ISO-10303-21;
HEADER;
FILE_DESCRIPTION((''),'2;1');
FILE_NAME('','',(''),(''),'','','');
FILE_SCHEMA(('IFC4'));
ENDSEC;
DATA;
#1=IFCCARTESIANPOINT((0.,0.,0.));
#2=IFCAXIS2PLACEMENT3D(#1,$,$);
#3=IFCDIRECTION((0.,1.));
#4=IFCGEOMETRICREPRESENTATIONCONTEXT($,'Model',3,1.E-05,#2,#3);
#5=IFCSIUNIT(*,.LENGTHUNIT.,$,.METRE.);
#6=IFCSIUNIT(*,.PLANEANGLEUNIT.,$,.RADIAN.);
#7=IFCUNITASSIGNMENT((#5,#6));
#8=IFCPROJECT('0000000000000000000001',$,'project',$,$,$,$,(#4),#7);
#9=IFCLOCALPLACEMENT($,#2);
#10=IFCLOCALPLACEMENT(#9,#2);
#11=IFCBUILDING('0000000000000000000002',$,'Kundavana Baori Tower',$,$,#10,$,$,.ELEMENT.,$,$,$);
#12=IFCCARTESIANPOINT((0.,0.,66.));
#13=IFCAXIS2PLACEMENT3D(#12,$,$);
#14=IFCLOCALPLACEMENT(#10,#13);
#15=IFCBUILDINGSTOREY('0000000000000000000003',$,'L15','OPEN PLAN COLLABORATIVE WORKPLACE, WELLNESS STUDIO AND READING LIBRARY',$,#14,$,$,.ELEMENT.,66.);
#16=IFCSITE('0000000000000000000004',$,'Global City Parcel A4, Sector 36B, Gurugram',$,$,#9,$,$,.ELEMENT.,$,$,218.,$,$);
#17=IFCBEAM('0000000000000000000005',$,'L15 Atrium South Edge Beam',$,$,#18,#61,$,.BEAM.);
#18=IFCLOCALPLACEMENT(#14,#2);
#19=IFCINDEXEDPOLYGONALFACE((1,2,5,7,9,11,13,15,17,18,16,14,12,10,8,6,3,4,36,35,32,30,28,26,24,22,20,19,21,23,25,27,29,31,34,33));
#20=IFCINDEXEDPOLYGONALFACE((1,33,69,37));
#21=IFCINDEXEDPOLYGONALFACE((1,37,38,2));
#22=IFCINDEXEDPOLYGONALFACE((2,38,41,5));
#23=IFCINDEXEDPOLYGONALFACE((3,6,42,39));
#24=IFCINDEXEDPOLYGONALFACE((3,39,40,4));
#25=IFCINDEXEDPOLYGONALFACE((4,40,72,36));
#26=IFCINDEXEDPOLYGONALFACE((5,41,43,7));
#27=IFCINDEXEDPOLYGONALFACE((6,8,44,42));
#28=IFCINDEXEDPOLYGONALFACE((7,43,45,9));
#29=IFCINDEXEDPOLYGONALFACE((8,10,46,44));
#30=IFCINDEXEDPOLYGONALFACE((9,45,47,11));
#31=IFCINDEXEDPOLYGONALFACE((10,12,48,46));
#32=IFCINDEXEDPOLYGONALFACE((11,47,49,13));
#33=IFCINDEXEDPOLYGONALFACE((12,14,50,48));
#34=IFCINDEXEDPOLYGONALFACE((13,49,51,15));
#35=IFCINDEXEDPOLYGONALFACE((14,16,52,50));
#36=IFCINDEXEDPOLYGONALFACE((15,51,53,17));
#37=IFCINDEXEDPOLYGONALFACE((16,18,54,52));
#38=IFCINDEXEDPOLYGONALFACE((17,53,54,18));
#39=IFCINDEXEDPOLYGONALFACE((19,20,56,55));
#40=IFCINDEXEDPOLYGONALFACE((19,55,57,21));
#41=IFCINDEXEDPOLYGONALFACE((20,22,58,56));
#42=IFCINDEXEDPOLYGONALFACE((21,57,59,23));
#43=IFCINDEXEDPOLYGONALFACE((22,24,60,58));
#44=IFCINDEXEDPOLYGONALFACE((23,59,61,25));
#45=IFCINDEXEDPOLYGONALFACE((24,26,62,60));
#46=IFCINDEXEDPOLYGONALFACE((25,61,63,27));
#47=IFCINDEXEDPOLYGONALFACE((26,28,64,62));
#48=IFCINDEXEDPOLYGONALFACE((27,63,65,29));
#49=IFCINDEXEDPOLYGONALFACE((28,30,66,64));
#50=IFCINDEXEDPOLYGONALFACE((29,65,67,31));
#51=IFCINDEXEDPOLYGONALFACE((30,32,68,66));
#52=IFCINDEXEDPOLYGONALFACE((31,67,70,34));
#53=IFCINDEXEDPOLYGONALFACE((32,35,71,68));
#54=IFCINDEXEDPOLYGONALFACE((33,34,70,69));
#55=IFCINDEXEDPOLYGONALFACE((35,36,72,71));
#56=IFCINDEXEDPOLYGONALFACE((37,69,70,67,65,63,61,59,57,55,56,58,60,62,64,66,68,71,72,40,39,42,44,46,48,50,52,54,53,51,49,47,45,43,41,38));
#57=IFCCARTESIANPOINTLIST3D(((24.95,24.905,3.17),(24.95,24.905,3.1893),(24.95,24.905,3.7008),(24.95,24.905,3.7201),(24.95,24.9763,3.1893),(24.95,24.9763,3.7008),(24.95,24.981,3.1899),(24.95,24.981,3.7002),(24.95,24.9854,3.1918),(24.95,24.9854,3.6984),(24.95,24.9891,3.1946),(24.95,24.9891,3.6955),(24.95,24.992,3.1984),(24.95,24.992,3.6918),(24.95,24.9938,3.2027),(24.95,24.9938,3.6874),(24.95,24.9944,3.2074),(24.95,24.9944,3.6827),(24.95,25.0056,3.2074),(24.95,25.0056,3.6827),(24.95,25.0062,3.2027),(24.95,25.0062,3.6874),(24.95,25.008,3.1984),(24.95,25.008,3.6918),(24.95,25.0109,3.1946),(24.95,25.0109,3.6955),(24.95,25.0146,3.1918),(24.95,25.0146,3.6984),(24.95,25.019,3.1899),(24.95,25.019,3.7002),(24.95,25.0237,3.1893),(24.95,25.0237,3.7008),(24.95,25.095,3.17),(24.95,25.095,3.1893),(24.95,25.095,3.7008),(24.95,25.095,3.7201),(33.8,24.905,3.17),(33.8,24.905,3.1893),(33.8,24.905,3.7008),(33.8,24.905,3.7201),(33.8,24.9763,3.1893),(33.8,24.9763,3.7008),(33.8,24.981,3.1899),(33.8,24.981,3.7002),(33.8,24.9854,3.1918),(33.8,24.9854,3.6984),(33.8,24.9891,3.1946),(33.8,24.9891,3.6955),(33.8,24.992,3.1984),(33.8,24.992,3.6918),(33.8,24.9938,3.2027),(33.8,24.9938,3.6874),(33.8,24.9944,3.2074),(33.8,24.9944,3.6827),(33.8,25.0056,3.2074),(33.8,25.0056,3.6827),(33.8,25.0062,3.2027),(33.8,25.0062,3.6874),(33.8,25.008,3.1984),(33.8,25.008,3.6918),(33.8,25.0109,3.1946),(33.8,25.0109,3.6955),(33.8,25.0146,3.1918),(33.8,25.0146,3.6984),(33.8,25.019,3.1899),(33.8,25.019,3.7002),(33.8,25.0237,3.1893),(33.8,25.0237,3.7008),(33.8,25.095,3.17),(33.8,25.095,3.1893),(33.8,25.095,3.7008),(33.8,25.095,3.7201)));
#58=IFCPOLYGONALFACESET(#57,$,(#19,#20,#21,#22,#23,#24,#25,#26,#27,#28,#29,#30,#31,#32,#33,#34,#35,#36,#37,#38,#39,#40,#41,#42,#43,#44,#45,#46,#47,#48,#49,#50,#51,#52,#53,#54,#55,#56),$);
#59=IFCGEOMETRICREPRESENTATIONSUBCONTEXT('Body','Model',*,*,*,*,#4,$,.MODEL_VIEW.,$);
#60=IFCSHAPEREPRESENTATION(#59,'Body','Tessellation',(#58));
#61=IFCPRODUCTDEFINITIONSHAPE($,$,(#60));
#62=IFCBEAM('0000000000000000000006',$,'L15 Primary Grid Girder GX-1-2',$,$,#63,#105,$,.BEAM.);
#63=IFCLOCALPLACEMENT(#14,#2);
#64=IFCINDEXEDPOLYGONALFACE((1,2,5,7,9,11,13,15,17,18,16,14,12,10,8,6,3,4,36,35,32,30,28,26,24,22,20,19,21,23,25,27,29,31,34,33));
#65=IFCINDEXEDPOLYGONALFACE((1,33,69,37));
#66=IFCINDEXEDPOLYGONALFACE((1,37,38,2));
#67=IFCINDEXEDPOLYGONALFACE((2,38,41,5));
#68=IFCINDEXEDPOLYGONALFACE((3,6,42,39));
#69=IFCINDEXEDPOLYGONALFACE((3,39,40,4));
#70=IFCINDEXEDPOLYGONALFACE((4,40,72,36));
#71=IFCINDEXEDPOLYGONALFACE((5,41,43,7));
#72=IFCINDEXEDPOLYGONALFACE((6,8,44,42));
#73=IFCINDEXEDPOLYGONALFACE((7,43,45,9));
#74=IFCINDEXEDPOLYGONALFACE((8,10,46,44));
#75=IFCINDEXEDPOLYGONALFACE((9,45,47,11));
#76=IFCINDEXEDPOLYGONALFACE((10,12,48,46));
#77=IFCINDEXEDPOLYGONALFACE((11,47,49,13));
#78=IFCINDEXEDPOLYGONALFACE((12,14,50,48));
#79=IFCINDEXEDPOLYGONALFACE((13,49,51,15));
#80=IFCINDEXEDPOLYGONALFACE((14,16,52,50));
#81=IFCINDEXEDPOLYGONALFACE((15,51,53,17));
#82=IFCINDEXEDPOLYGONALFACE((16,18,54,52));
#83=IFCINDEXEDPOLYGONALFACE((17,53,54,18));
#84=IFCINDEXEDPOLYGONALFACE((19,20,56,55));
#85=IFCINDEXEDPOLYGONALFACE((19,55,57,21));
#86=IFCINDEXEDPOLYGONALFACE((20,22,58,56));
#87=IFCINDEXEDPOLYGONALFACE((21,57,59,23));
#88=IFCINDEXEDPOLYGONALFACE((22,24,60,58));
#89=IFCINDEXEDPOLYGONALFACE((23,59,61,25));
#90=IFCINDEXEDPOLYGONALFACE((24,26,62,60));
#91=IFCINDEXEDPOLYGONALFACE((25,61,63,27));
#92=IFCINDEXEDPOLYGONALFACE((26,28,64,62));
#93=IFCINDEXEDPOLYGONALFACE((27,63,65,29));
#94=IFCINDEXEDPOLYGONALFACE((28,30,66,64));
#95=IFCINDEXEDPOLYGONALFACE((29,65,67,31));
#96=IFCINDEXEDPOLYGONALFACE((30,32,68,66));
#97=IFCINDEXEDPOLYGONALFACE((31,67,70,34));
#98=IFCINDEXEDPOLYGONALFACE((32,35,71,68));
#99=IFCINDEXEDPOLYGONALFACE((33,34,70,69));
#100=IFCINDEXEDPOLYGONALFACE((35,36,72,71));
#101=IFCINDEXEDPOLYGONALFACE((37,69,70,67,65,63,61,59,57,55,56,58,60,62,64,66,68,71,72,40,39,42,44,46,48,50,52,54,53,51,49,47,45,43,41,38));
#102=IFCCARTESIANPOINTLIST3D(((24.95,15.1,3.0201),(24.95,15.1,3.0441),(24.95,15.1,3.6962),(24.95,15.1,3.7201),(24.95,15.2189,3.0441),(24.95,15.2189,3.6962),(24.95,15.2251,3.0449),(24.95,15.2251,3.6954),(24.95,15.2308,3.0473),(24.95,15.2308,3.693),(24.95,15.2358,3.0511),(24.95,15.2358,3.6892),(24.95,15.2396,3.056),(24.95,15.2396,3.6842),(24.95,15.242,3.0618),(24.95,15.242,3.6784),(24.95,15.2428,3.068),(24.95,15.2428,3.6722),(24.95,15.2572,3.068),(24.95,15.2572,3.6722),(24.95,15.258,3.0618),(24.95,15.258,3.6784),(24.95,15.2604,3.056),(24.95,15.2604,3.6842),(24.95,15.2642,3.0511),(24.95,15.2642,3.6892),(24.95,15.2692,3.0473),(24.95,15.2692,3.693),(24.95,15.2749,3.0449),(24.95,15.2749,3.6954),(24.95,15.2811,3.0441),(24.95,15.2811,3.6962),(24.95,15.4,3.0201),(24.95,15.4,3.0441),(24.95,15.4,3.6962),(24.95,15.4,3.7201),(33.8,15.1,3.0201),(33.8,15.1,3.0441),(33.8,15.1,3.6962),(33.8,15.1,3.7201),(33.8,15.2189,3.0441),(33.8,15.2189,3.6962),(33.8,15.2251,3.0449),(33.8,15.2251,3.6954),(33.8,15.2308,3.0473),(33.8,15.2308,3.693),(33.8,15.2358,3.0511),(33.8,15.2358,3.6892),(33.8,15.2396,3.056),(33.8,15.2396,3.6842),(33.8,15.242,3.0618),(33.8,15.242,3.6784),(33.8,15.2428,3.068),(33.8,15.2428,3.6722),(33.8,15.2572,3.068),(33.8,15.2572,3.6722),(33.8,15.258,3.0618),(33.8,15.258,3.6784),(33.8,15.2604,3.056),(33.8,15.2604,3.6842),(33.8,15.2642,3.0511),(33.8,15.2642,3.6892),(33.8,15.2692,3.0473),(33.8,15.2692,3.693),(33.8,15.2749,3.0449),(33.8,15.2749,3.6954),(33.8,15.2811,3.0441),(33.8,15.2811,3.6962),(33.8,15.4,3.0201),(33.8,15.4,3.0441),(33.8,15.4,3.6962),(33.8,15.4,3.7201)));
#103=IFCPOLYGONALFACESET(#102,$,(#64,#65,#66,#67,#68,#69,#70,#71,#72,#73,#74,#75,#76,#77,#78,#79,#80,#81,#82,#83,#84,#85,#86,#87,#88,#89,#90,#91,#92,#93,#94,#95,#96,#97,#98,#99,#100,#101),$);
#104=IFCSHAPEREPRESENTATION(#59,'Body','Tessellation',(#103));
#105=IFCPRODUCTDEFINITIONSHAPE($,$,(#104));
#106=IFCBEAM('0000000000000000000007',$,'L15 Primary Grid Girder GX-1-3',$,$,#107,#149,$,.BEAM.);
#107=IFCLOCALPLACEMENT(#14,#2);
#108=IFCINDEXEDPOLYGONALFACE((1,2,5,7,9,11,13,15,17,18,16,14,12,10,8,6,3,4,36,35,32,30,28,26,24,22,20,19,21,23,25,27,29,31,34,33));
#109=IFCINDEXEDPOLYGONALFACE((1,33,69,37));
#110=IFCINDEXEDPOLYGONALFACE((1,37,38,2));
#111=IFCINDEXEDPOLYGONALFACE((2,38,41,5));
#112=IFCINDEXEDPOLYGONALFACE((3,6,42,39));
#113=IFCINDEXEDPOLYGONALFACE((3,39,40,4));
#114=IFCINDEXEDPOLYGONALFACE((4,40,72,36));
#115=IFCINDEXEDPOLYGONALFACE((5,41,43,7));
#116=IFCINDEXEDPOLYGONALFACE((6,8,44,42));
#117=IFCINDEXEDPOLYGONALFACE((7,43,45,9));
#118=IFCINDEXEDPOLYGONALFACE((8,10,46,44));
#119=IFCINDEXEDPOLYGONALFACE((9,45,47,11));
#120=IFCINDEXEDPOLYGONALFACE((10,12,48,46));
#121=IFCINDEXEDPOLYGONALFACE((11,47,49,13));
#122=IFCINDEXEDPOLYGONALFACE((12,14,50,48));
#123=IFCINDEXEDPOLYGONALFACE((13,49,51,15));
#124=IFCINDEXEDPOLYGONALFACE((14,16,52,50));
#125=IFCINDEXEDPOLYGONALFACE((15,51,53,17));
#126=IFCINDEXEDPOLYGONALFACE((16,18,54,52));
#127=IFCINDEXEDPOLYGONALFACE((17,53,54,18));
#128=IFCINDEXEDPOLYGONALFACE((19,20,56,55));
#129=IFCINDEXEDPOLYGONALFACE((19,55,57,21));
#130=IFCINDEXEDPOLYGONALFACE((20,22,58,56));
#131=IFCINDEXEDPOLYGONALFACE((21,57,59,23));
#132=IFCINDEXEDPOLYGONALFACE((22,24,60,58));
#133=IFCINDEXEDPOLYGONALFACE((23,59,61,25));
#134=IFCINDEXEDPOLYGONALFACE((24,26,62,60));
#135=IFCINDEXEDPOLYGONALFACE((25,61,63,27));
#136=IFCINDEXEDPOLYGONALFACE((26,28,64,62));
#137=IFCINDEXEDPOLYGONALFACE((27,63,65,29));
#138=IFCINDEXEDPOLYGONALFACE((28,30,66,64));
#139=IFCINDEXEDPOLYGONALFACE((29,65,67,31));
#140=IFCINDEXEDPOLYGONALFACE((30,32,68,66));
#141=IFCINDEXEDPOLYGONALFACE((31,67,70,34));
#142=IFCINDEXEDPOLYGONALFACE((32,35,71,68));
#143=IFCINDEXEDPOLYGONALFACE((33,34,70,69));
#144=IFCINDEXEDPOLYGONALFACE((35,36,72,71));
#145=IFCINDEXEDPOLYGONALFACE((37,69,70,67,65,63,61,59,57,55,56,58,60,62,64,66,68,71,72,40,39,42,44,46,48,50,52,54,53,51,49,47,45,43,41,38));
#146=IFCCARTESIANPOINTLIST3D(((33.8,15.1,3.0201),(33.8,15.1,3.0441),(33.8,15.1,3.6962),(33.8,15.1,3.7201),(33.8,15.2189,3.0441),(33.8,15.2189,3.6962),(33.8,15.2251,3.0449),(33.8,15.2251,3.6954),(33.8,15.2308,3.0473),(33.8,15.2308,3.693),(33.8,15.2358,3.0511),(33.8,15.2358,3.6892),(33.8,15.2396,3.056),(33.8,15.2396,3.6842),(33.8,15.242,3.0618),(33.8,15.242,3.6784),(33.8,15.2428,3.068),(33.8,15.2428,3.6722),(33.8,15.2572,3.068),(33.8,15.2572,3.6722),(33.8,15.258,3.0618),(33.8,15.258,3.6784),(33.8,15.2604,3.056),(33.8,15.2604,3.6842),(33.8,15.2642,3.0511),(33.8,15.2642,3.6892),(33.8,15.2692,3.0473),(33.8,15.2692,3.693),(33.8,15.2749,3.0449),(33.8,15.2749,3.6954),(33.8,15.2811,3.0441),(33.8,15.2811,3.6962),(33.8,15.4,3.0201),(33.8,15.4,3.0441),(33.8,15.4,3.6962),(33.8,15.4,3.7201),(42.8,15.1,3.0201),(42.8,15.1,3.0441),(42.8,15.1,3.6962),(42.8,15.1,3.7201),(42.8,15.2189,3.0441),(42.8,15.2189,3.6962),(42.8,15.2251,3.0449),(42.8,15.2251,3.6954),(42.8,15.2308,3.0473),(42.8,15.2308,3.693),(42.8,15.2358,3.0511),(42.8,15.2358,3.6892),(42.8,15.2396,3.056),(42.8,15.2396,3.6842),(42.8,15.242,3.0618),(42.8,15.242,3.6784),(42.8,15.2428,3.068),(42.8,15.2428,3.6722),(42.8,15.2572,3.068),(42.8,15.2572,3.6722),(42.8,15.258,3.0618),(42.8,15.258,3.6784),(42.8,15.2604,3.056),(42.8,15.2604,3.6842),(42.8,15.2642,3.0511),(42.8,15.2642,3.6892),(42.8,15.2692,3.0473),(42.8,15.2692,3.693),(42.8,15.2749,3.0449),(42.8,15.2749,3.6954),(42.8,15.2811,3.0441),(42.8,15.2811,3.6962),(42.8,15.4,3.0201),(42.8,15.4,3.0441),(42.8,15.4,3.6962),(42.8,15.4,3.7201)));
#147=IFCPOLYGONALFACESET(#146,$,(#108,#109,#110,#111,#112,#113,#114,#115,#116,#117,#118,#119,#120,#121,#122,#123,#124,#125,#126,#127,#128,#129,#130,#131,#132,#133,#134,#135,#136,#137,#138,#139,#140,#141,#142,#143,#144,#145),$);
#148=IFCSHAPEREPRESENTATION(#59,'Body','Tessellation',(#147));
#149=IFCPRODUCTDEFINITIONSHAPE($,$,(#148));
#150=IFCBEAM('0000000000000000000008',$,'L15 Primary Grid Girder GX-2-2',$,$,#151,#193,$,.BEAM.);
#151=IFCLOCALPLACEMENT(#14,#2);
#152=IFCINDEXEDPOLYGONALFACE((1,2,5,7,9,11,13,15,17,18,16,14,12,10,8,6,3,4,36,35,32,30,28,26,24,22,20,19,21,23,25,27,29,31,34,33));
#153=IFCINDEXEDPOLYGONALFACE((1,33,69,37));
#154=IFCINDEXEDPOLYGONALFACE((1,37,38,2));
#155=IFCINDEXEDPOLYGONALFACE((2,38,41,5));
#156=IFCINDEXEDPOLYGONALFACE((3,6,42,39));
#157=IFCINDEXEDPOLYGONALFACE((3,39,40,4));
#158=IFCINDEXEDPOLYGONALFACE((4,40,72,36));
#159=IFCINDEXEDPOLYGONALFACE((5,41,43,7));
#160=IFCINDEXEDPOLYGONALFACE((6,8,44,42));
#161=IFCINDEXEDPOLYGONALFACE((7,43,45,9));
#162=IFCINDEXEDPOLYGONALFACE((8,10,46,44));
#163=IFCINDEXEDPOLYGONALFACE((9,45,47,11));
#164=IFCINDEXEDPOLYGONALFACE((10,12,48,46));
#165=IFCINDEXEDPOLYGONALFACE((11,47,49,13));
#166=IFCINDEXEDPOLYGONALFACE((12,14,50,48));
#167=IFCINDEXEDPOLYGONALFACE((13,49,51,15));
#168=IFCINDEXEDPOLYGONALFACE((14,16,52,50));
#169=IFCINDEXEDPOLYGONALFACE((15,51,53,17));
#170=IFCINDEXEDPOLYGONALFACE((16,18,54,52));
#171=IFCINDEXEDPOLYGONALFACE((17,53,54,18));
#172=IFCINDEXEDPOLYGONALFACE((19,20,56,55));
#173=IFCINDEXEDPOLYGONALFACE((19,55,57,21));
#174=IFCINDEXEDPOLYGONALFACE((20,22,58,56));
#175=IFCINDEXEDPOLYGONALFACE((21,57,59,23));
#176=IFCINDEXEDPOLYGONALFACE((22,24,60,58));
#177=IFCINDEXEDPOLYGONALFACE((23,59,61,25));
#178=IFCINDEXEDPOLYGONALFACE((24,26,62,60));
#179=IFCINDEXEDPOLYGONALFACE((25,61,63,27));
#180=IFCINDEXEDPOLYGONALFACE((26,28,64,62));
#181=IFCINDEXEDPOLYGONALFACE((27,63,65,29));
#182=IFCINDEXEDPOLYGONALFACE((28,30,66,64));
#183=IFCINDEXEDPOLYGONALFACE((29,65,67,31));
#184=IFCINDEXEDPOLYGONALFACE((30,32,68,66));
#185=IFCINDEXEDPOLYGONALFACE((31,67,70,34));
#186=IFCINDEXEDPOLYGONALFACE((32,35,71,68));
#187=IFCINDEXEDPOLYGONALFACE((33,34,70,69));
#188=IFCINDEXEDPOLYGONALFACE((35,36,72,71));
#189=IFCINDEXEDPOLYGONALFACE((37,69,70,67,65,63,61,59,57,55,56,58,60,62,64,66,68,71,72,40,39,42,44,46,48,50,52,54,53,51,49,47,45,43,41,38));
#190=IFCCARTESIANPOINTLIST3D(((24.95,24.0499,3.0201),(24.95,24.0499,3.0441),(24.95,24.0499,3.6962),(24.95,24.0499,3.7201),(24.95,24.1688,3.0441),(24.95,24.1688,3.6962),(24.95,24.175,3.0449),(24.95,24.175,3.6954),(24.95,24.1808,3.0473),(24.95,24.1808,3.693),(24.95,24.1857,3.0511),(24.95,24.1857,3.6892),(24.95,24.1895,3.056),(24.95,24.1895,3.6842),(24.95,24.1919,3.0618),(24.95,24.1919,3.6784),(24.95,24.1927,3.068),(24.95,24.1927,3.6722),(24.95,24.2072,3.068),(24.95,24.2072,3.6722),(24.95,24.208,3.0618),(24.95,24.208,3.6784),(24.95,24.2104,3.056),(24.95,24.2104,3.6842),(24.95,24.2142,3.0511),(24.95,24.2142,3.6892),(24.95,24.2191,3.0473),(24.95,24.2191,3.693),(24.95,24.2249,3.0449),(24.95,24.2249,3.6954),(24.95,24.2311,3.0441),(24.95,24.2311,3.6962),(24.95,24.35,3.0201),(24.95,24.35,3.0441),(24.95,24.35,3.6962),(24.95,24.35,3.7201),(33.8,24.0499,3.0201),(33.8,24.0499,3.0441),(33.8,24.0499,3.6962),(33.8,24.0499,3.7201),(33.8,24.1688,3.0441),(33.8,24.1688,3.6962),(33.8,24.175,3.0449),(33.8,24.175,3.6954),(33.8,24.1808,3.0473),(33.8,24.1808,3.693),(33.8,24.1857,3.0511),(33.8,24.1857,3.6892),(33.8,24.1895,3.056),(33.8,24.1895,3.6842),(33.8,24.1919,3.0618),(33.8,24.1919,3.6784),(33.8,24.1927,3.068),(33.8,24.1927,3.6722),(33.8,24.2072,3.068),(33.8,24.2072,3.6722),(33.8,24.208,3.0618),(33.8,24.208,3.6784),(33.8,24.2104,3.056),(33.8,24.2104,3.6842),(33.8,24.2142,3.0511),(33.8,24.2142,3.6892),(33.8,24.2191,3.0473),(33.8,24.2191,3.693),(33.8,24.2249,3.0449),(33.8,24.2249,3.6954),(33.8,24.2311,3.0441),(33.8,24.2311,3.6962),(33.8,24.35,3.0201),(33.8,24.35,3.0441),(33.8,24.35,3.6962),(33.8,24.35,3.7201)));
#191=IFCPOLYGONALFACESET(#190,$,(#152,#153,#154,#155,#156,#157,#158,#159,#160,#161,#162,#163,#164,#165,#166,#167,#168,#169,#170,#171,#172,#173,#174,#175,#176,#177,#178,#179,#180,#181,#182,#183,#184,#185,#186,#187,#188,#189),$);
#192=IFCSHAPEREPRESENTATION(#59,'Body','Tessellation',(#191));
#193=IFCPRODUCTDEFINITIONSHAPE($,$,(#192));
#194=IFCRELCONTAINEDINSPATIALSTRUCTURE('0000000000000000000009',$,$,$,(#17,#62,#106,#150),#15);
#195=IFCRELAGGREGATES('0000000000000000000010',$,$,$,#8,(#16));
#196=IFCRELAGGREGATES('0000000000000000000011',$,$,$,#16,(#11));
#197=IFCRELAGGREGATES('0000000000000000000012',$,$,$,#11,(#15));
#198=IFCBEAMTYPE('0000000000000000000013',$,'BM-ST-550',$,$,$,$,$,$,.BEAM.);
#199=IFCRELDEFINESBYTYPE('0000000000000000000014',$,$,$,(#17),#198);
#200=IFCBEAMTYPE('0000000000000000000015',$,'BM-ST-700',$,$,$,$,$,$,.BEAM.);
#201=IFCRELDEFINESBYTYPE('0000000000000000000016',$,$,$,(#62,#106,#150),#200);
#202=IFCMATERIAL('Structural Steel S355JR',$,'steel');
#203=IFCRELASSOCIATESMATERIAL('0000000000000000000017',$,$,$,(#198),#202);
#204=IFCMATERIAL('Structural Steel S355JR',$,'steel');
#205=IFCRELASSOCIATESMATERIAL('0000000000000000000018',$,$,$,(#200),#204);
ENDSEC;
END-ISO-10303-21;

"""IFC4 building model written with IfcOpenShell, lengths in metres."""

from ifc_helpers import new_model, si_unit, direction, frame, origin, origin_2d, place, context, subcontext, project, spatial, i_section, extrude, material, material_profile, profile_set, type_object, element, save


model = new_model("IFC4")

# Units and contexts
model_context = context("Model", 3, precision=1e-05, world=origin(), true_north=direction((0.0, 1.0)))
body_context = subcontext(model_context, "Body", "Model", "MODEL_VIEW")
ifc_project = project(units=[si_unit("LENGTHUNIT", "METRE"), si_unit("PLANEANGLEUNIT", "RADIAN")], contexts=[model_context])

# Site, building, storey
site_placement = place(None, origin())
site = spatial("IfcSite", under=ifc_project, at=site_placement, Name="Global City Parcel A4, Sector 36B, Gurugram", CompositionType="ELEMENT", RefElevation=218.0)
building_placement = place(site_placement, origin())
building = spatial("IfcBuilding", under=site, at=building_placement, Name="Kundavana Baori Tower", CompositionType="ELEMENT")
storey_placement = place(building_placement, frame((0.0, 0.0, 66.0)))
storey = spatial("IfcBuildingStorey", under=building, at=storey_placement, Name="L15", Description="OPEN PLAN COLLABORATIVE WORKPLACE, WELLNESS STUDIO AND READING LIBRARY", CompositionType="ELEMENT", Elevation=66.0)

# Beams
ifc_material_1 = material(Name="Structural Steel S355JR", Category="steel")
ifc_material_profile_1 = material_profile(ifc_material_1, i_section(OverallWidth=0.1899, OverallDepth=0.55, WebThickness=0.0112, FlangeThickness=0.0193, FilletRadius=0.0181, at=origin_2d()), Name="ISMB 550")
ifc_profile_set_1 = profile_set([ifc_material_profile_1], Name="Structural Steel S355JR")
beam_type_1 = type_object("IfcBeamType", Name="BM-ST-550", PredefinedType="BEAM", material=ifc_profile_set_1)
beam_1_placement = place(storey_placement, frame((24.95, 25.0, 3.4451), z_axis=(1.0, 0.0, 0.0), x_axis=(0.0, 1.0, 0.0)))
element("IfcBeam", 1, at=beam_1_placement, inside=storey, type_object=beam_type_1, Name="L15 Atrium South Edge Beam", PredefinedType="BEAM", context=body_context, shape_type="SweptSolid", body=[
    extrude(i_section(OverallWidth=0.1899, OverallDepth=0.55, WebThickness=0.0112, FlangeThickness=0.0193, FilletRadius=0.0181, at=origin_2d()), origin(), (0.0, 0.0, 1.0), 8.8501),
])
ifc_material_2 = material(Name="Structural Steel S355JR", Category="steel")
ifc_material_profile_2 = material_profile(ifc_material_2, i_section(OverallWidth=0.3, OverallDepth=0.7, WebThickness=0.0144, FlangeThickness=0.0239, FilletRadius=0.0239, at=origin_2d()), Name="NPB 700x300x170")
ifc_profile_set_2 = profile_set([ifc_material_profile_2], Name="Structural Steel S355JR")
beam_type_2 = type_object("IfcBeamType", Name="BM-ST-700", PredefinedType="BEAM", material=ifc_profile_set_2)
beam_2_placement = place(storey_placement, frame((24.95, 15.25, 3.3701), z_axis=(1.0, 0.0, 0.0), x_axis=(0.0, 1.0, 0.0)))
element("IfcBeam", 2, at=beam_2_placement, inside=storey, type_object=beam_type_2, Name="L15 Primary Grid Girder GX-1-2", PredefinedType="BEAM", context=body_context, shape_type="SweptSolid", body=[
    extrude(i_section(OverallWidth=0.3, OverallDepth=0.7, WebThickness=0.0144, FlangeThickness=0.0239, FilletRadius=0.0239, at=origin_2d()), origin(), (0.0, 0.0, 1.0), 8.8501),
])
beam_3_placement = place(storey_placement, frame((33.8, 15.25, 3.3701), z_axis=(1.0, 0.0, 0.0), x_axis=(0.0, 1.0, 0.0)))
element("IfcBeam", 3, at=beam_3_placement, inside=storey, type_object=beam_type_2, Name="L15 Primary Grid Girder GX-1-3", PredefinedType="BEAM", context=body_context, shape_type="SweptSolid", body=[
    extrude(i_section(OverallWidth=0.3, OverallDepth=0.7, WebThickness=0.0144, FlangeThickness=0.0239, FilletRadius=0.0239, at=origin_2d()), origin(), (0.0, 0.0, 1.0), 9.0),
])
beam_4_placement = place(storey_placement, frame((24.95, 24.2, 3.3701), z_axis=(1.0, 0.0, 0.0), x_axis=(0.0, 1.0, 0.0)))
element("IfcBeam", 4, at=beam_4_placement, inside=storey, type_object=beam_type_2, Name="L15 Primary Grid Girder GX-2-2", PredefinedType="BEAM", context=body_context, shape_type="SweptSolid", body=[
    extrude(i_section(OverallWidth=0.3, OverallDepth=0.7, WebThickness=0.0144, FlangeThickness=0.0239, FilletRadius=0.0239, at=origin_2d()), origin(), (0.0, 0.0, 1.0), 8.8501),
])

save(model, "model.ifc")
